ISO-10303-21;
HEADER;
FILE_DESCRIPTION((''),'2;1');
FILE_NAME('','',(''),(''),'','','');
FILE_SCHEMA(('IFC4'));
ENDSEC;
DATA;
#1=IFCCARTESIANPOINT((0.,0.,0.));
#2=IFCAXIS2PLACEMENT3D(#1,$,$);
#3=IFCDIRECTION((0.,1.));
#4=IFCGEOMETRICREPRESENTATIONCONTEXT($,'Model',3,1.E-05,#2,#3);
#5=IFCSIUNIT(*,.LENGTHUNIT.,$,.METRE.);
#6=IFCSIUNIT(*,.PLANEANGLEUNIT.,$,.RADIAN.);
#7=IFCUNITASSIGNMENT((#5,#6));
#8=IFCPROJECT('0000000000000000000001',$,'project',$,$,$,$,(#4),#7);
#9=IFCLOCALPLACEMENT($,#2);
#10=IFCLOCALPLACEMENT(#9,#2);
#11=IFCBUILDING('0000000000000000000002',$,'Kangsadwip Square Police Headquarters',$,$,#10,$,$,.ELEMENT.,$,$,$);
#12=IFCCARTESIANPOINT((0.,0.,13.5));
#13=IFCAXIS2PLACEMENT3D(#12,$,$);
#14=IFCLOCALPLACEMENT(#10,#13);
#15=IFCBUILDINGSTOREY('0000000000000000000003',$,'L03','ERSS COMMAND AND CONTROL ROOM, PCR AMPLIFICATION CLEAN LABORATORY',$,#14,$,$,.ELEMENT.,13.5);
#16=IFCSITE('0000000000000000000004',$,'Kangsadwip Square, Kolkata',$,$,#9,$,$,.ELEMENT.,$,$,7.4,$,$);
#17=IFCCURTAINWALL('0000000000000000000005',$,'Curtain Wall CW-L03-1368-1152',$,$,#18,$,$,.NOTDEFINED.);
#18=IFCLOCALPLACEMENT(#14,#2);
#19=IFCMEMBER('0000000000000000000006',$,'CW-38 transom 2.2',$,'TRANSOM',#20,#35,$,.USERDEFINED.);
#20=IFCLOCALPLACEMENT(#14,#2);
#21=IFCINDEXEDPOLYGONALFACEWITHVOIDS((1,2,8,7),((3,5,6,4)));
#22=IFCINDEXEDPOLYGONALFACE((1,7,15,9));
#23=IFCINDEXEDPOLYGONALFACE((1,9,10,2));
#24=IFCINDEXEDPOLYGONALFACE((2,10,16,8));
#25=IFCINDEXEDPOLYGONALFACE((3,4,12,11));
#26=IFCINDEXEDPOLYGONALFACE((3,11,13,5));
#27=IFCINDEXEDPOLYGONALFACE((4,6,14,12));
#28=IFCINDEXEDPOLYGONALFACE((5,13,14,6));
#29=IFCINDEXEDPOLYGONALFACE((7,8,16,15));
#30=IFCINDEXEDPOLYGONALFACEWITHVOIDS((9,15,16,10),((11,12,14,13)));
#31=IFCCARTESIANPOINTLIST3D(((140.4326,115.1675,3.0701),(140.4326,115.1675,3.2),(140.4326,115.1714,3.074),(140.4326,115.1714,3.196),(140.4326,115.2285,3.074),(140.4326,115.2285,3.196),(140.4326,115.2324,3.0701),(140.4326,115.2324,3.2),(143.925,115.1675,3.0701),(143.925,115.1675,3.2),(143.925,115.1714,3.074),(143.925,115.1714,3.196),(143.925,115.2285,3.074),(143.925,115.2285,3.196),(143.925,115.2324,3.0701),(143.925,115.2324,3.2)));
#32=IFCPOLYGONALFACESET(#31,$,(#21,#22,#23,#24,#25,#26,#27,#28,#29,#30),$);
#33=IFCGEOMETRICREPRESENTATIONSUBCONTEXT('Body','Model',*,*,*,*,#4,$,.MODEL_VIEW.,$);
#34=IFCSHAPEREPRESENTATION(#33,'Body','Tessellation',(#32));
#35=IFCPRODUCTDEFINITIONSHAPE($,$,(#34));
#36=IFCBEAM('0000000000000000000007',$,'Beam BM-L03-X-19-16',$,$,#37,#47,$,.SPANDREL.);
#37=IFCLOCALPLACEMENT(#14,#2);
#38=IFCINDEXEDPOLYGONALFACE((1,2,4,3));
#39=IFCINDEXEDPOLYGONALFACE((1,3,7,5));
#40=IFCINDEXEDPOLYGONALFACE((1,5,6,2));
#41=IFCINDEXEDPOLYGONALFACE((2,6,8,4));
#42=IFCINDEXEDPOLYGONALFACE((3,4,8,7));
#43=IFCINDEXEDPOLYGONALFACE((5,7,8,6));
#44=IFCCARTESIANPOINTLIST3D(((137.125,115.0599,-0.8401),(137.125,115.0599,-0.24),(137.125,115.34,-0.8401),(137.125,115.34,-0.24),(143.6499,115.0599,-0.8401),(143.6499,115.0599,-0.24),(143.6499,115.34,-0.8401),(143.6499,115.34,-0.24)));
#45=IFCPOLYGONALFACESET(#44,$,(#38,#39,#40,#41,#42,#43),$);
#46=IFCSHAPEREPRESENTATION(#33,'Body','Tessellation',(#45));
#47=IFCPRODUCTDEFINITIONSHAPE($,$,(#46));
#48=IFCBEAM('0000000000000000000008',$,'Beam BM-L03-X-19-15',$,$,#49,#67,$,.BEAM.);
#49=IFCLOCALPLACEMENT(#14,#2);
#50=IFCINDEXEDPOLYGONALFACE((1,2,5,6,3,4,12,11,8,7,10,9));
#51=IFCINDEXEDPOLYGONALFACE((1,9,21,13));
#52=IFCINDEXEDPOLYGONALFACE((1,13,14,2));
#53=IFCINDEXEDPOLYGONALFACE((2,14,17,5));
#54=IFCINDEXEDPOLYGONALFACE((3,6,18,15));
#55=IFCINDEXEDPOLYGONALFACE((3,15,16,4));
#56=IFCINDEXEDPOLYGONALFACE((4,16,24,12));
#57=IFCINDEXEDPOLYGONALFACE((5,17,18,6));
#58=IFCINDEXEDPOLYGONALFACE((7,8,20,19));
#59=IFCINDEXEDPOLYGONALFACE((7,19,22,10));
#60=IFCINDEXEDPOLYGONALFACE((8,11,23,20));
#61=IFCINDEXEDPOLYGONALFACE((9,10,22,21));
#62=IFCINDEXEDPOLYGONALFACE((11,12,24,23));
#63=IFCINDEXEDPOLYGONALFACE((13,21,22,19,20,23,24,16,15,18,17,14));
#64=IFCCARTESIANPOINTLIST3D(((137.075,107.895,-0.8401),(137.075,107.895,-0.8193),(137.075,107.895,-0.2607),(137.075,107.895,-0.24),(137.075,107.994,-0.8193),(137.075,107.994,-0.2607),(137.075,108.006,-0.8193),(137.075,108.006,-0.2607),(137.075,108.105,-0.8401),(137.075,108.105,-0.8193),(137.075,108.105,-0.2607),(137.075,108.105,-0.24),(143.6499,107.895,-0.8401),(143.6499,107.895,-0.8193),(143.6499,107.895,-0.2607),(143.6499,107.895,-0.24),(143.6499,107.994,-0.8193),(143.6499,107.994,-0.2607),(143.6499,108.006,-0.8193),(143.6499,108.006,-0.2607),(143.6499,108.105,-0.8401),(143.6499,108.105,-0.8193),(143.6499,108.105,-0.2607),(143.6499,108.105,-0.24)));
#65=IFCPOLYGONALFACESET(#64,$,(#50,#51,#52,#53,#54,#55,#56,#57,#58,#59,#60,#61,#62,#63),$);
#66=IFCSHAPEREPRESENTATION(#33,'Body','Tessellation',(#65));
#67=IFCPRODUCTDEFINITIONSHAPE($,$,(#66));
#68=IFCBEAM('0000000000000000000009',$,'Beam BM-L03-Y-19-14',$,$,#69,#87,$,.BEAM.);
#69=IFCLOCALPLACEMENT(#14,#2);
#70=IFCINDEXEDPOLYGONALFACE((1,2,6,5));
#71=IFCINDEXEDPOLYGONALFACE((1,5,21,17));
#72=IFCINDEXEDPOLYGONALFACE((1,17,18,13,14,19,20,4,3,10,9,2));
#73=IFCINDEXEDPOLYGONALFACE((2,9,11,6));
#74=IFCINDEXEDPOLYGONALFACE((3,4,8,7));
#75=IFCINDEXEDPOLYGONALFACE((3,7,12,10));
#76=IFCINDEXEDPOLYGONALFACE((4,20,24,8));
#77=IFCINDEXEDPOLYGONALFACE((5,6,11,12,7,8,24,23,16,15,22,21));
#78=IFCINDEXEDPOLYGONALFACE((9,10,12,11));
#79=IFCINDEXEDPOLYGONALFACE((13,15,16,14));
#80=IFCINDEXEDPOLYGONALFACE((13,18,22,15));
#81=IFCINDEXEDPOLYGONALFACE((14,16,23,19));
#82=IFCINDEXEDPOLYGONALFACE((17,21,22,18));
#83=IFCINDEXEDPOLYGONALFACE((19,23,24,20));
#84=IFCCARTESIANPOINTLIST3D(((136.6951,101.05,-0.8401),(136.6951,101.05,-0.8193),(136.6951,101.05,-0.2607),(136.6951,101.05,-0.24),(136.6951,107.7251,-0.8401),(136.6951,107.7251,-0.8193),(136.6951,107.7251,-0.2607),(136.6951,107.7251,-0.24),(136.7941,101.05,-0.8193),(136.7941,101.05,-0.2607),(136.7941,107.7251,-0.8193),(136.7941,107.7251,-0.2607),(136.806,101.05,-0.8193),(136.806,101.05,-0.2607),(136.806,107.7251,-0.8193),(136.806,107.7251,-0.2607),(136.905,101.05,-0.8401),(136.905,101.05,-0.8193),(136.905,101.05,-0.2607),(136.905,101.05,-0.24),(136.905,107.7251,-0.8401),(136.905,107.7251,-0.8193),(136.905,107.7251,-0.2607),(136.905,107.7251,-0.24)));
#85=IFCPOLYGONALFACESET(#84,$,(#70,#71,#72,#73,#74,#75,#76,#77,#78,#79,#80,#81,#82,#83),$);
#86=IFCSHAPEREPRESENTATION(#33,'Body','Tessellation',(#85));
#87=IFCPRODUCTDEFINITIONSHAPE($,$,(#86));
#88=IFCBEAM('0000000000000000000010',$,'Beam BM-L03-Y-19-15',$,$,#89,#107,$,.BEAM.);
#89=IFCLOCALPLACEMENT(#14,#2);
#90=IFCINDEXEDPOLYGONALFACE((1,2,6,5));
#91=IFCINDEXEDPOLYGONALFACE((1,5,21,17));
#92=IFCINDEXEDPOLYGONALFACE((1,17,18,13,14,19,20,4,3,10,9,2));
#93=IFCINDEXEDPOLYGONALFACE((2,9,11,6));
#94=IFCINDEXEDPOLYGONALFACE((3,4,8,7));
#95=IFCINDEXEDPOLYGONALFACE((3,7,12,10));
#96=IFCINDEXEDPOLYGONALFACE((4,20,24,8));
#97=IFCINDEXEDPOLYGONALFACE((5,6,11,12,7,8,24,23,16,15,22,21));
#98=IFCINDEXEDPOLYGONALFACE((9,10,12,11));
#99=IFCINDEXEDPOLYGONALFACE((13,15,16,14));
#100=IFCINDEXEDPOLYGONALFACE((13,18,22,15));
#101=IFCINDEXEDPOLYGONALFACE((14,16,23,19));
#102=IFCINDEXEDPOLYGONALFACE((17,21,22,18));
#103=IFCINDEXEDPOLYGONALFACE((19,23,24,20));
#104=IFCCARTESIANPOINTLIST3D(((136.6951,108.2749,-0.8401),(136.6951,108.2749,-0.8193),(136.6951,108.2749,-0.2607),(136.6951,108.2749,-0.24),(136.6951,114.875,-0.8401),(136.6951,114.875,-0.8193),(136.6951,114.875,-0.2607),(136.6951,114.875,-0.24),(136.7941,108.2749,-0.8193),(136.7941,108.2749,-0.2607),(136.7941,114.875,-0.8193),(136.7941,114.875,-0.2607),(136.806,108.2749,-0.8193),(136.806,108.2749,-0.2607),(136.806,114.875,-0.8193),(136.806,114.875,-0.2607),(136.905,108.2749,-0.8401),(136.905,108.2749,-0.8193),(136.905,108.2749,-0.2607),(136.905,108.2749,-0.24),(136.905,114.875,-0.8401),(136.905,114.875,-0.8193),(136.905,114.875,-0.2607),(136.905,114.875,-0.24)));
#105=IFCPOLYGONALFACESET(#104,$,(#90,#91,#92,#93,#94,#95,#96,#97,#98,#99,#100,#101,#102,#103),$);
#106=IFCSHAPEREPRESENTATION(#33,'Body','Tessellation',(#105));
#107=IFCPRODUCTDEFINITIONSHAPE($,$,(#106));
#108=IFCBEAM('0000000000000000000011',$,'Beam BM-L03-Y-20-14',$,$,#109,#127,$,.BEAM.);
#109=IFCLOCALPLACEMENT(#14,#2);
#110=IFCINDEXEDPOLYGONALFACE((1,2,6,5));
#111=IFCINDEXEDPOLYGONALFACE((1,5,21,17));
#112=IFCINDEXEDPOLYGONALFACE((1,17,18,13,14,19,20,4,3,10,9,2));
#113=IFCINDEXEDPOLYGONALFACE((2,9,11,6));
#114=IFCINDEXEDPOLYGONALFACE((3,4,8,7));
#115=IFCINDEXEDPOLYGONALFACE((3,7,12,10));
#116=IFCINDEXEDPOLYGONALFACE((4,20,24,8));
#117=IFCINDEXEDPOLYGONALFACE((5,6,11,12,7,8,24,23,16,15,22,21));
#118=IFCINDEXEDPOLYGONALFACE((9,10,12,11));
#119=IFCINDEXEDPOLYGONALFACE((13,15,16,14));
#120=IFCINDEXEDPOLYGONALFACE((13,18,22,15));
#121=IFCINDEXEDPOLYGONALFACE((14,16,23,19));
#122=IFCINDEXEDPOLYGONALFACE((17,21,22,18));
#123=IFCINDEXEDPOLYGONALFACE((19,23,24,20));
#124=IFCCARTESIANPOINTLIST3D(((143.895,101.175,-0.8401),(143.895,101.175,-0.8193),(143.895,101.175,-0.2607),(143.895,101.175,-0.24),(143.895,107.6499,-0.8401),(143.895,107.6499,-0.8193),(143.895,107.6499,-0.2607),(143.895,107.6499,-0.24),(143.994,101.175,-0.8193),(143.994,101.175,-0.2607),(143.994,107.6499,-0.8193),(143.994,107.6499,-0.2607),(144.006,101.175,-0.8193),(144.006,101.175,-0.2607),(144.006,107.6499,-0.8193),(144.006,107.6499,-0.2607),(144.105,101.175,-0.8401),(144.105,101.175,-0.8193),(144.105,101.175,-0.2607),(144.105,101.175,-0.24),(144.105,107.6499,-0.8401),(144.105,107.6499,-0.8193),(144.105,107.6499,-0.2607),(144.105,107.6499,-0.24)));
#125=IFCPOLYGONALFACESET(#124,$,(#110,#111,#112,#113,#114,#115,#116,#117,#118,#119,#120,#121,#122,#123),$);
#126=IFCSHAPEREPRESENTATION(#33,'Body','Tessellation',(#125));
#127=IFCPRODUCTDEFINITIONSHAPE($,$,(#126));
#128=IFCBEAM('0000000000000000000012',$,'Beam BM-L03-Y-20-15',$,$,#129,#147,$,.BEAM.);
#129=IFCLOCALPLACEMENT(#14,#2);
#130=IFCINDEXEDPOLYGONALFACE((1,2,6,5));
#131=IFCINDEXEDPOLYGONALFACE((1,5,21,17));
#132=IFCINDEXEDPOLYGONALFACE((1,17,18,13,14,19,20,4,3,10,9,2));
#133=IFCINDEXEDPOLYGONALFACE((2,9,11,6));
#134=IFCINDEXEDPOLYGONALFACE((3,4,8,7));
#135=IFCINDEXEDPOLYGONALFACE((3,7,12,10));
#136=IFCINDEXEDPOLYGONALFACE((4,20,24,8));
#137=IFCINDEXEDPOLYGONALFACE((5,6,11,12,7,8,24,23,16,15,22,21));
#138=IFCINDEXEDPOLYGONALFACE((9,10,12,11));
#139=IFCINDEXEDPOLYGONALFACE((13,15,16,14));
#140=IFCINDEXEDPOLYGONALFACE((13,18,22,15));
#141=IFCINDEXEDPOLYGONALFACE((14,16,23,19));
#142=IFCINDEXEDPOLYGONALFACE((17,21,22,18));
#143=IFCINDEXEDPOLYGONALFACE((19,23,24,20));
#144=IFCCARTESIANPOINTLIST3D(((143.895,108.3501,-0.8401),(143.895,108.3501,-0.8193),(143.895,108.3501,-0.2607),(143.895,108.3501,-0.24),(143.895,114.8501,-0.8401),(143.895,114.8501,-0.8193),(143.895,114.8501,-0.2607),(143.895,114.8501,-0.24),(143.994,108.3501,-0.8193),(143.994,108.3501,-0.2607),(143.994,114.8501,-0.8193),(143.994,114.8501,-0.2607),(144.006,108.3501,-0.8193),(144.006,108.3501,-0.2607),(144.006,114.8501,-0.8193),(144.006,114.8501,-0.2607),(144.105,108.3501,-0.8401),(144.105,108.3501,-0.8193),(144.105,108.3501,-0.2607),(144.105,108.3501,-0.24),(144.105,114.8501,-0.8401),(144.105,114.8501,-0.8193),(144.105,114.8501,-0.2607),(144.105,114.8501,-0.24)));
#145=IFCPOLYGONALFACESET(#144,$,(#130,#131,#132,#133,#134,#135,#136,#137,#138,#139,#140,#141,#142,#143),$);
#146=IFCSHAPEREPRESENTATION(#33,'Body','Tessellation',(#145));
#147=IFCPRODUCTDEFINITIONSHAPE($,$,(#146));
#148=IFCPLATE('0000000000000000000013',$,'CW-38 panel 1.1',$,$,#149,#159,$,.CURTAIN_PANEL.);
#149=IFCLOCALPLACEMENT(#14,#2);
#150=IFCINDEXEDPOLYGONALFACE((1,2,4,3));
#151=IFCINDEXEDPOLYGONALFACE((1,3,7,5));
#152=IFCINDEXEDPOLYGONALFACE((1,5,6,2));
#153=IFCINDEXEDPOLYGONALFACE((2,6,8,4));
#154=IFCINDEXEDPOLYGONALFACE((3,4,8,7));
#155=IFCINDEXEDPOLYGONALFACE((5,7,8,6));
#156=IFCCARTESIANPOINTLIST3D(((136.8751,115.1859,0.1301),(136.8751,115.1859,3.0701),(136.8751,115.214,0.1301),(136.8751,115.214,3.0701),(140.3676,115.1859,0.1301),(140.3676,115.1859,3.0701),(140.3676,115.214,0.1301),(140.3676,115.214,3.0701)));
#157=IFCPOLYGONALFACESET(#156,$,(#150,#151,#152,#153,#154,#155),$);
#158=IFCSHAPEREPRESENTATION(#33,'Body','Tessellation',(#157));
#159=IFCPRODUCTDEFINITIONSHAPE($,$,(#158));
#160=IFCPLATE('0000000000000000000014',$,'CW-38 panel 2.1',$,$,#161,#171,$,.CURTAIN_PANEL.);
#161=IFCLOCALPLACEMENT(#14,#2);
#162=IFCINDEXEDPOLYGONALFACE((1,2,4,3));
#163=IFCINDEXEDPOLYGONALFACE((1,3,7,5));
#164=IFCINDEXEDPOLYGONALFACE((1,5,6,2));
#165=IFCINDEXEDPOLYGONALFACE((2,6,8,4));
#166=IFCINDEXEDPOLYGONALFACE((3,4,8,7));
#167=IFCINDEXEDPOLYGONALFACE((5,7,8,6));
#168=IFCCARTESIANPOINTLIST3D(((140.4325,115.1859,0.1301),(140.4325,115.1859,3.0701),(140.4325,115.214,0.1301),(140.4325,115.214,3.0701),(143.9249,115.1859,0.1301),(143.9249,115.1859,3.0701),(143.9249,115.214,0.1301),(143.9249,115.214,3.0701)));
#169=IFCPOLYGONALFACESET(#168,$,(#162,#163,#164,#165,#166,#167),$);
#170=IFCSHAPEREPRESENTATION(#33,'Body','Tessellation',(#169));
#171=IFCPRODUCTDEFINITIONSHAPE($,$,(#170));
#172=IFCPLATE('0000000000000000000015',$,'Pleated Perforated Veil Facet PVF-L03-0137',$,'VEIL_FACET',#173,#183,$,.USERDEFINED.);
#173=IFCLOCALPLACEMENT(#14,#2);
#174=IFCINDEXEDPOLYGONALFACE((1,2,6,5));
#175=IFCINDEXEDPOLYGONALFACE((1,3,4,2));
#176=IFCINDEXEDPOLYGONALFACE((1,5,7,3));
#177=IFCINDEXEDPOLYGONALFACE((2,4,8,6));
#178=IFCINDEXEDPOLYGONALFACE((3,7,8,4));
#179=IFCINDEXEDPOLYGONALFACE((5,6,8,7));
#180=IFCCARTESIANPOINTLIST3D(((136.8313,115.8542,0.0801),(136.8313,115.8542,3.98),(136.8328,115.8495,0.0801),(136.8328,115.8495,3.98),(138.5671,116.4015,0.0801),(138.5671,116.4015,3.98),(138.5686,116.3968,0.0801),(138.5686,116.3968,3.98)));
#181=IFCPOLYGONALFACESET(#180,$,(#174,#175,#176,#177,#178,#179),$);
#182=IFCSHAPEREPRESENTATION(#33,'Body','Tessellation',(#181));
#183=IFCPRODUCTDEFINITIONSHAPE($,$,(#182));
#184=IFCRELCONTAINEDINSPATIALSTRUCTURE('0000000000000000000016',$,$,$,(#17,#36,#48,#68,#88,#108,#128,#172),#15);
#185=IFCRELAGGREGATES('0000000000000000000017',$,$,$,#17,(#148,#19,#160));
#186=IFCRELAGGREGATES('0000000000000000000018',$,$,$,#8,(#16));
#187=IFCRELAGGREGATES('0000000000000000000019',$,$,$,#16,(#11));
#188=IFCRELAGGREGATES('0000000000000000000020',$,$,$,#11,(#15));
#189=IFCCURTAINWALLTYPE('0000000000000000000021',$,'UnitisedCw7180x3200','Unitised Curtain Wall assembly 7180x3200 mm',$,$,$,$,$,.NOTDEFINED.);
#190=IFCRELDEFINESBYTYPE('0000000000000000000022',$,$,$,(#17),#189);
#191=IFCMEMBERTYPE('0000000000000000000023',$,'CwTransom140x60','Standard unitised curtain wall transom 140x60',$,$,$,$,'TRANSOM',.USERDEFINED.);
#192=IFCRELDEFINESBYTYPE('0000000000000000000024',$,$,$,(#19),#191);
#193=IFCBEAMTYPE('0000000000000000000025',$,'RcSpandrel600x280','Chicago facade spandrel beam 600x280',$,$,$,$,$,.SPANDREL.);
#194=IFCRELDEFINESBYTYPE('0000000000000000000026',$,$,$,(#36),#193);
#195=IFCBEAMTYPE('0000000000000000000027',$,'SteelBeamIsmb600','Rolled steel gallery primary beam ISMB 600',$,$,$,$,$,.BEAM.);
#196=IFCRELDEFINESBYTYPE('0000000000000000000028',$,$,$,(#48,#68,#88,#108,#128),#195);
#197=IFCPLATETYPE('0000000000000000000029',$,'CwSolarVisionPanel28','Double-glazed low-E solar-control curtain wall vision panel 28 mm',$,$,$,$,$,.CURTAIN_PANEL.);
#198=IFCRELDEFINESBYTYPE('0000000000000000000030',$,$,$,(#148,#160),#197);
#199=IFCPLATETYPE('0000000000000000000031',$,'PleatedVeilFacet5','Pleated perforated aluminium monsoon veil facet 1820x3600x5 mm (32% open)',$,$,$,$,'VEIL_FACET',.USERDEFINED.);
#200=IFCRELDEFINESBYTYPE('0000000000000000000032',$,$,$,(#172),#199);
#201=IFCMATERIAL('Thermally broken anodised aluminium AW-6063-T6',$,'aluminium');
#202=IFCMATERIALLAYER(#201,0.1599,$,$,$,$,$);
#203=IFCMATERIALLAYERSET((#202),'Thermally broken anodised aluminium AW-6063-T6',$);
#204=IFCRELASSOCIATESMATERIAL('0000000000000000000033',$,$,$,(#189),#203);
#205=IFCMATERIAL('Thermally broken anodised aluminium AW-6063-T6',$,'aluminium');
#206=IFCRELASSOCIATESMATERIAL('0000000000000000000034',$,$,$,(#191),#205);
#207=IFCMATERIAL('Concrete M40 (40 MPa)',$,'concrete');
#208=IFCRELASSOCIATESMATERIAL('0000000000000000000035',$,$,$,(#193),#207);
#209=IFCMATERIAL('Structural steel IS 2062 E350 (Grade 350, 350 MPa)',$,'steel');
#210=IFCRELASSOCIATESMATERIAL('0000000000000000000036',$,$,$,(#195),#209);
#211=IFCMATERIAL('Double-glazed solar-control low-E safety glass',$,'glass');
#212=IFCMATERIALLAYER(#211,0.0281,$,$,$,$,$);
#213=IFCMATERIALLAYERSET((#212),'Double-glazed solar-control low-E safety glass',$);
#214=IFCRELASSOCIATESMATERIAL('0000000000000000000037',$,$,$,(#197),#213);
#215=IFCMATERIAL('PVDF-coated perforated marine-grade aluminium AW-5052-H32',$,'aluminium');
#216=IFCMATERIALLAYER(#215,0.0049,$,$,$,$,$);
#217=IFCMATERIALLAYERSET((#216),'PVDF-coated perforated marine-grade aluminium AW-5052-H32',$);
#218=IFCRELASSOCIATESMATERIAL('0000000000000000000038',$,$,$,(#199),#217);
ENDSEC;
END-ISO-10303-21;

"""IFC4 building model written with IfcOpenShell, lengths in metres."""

from ifc_helpers import new_model, si_unit, direction, frame, origin, origin_2d, place, context, subcontext, project, spatial, rectangle, hollow_rectangle, i_section, extrude, material, layer, layer_set, material_profile, profile_set, type_object, element, aggregate, save


model = new_model("IFC4")

# Units and contexts
model_context = context("Model", 3, precision=1e-05, world=origin(), true_north=direction((0.0, 1.0)))
body_context = subcontext(model_context, "Body", "Model", "MODEL_VIEW")
ifc_project = project(units=[si_unit("LENGTHUNIT", "METRE"), si_unit("PLANEANGLEUNIT", "RADIAN")], contexts=[model_context])

# Site, building, storey
site_placement = place(None, origin())
site = spatial("IfcSite", under=ifc_project, at=site_placement, Name="Kangsadwip Square, Kolkata", CompositionType="ELEMENT", RefElevation=7.4)
building_placement = place(site_placement, origin())
building = spatial("IfcBuilding", under=site, at=building_placement, Name="Kangsadwip Square Police Headquarters", CompositionType="ELEMENT")
storey_placement = place(building_placement, frame((0.0, 0.0, 13.5)))
storey = spatial("IfcBuildingStorey", under=building, at=storey_placement, Name="L03", Description="ERSS COMMAND AND CONTROL ROOM, PCR AMPLIFICATION CLEAN LABORATORY", CompositionType="ELEMENT", Elevation=13.5)

# Shared definitions
ifc_material_1 = material(Name="Thermally broken anodised aluminium AW-6063-T6", Category="aluminium")
ifc_layer_1 = layer(ifc_material_1, 0.1599)
ifc_layer_set_1 = layer_set([ifc_layer_1], Name="Thermally broken anodised aluminium AW-6063-T6")
curtain_wall_type = type_object("IfcCurtainWallType", Name="UnitisedCw7180x3200", Description="Unitised Curtain Wall assembly 7180x3200 mm", PredefinedType="NOTDEFINED", material=ifc_layer_set_1)

# Curtain wall, member
curtain_wall_1_placement = place(storey_placement, origin())
curtain_wall_1 = element("IfcCurtainWall", 1, at=curtain_wall_1_placement, inside=storey, type_object=curtain_wall_type, Name="Curtain Wall CW-L03-1368-1152", PredefinedType="NOTDEFINED")
ifc_material_2 = material(Name="Thermally broken anodised aluminium AW-6063-T6", Category="aluminium")
ifc_material_profile_1 = material_profile(ifc_material_2, hollow_rectangle(XDim=0.0649, YDim=0.1299, WallThickness=0.0039, at=origin_2d()), Name="CWT 130X65X4")
ifc_profile_set_1 = profile_set([ifc_material_profile_1], Name="Thermally broken anodised aluminium AW-6063-T6")
member_type_1 = type_object("IfcMemberType", Name="CwTransom140x60", Description="Standard unitised curtain wall transom 140x60", ElementType="TRANSOM", PredefinedType="USERDEFINED", material=ifc_profile_set_1)
member_1_placement = place(storey_placement, frame((140.4326, 115.2, 3.135), z_axis=(1.0, 0.0, 0.0), x_axis=(0.0, 1.0, 0.0)))
member_1 = element("IfcMember", 2, at=member_1_placement, type_object=member_type_1, Name="CW-38 transom 2.2", ObjectType="TRANSOM", PredefinedType="USERDEFINED", context=body_context, shape_type="SweptSolid", body=[
    extrude(hollow_rectangle(XDim=0.0649, YDim=0.1299, WallThickness=0.0039, at=origin_2d()), origin(), (0.0, 0.0, 1.0), 3.4924),
])

# Beams
ifc_material_3 = material(Name="Concrete M40 (40 MPa)", Category="concrete")
ifc_material_profile_2 = material_profile(ifc_material_3, rectangle(XDim=0.28, YDim=0.6001, at=origin_2d()), Name="RC SPN 600X280")
ifc_profile_set_2 = profile_set([ifc_material_profile_2], Name="Concrete M40 (40 MPa)")
beam_type_1 = type_object("IfcBeamType", Name="RcSpandrel600x280", Description="Chicago facade spandrel beam 600x280", PredefinedType="SPANDREL", material=ifc_profile_set_2)
beam_1_placement = place(storey_placement, frame((137.125, 115.2, -0.54), z_axis=(1.0, 0.0, 0.0), x_axis=(0.0, 1.0, 0.0)))
element("IfcBeam", 3, at=beam_1_placement, inside=storey, type_object=beam_type_1, Name="Beam BM-L03-X-19-16", PredefinedType="SPANDREL", context=body_context, shape_type="SweptSolid", body=[
    extrude(rectangle(XDim=0.28, YDim=0.6001, at=origin_2d()), origin(), (0.0, 0.0, 1.0), 6.5249),
])
ifc_material_4 = material(Name="Structural steel IS 2062 E350 (Grade 350, 350 MPa)", Category="steel")
ifc_material_profile_3 = material_profile(ifc_material_4, i_section(OverallWidth=0.21, OverallDepth=0.6001, WebThickness=0.012, FlangeThickness=0.0208, at=origin_2d()), Name="ISMB 600")
ifc_profile_set_3 = profile_set([ifc_material_profile_3], Name="Structural steel IS 2062 E350 (Grade 350, 350 MPa)")
beam_type_2 = type_object("IfcBeamType", Name="SteelBeamIsmb600", Description="Rolled steel gallery primary beam ISMB 600", PredefinedType="BEAM", material=ifc_profile_set_3)
beam_2_placement = place(storey_placement, frame((137.075, 108.0, -0.54), z_axis=(1.0, 0.0, 0.0), x_axis=(0.0, 1.0, 0.0)))
element("IfcBeam", 4, at=beam_2_placement, inside=storey, type_object=beam_type_2, Name="Beam BM-L03-X-19-15", PredefinedType="BEAM", context=body_context, shape_type="SweptSolid", body=[
    extrude(i_section(OverallWidth=0.21, OverallDepth=0.6001, WebThickness=0.012, FlangeThickness=0.0208, at=origin_2d()), origin(), (0.0, 0.0, 1.0), 6.575),
])
beam_3_placement = place(storey_placement, frame((136.8, 101.05, -0.54), z_axis=(0.0, 1.0, 0.0), x_axis=(-1.0, 0.0, 0.0)))
element("IfcBeam", 5, at=beam_3_placement, inside=storey, type_object=beam_type_2, Name="Beam BM-L03-Y-19-14", PredefinedType="BEAM", context=body_context, shape_type="SweptSolid", body=[
    extrude(i_section(OverallWidth=0.21, OverallDepth=0.6001, WebThickness=0.012, FlangeThickness=0.0208, at=origin_2d()), origin(), (0.0, 0.0, 1.0), 6.675),
])
beam_4_placement = place(storey_placement, frame((136.8, 108.2749, -0.54), z_axis=(0.0, 1.0, 0.0), x_axis=(-1.0, 0.0, 0.0)))
element("IfcBeam", 6, at=beam_4_placement, inside=storey, type_object=beam_type_2, Name="Beam BM-L03-Y-19-15", PredefinedType="BEAM", context=body_context, shape_type="SweptSolid", body=[
    extrude(i_section(OverallWidth=0.21, OverallDepth=0.6001, WebThickness=0.012, FlangeThickness=0.0208, at=origin_2d()), origin(), (0.0, 0.0, 1.0), 6.6001),
])
beam_5_placement = place(storey_placement, frame((144.0, 101.175, -0.54), z_axis=(0.0, 1.0, 0.0), x_axis=(-1.0, 0.0, 0.0)))
element("IfcBeam", 7, at=beam_5_placement, inside=storey, type_object=beam_type_2, Name="Beam BM-L03-Y-20-14", PredefinedType="BEAM", context=body_context, shape_type="SweptSolid", body=[
    extrude(i_section(OverallWidth=0.21, OverallDepth=0.6001, WebThickness=0.012, FlangeThickness=0.0208, at=origin_2d()), origin(), (0.0, 0.0, 1.0), 6.4749),
])
beam_6_placement = place(storey_placement, frame((144.0, 108.3501, -0.54), z_axis=(0.0, 1.0, 0.0), x_axis=(-1.0, 0.0, 0.0)))
element("IfcBeam", 8, at=beam_6_placement, inside=storey, type_object=beam_type_2, Name="Beam BM-L03-Y-20-15", PredefinedType="BEAM", context=body_context, shape_type="SweptSolid", body=[
    extrude(i_section(OverallWidth=0.21, OverallDepth=0.6001, WebThickness=0.012, FlangeThickness=0.0208, at=origin_2d()), origin(), (0.0, 0.0, 1.0), 6.5),
])

# Plates
ifc_material_5 = material(Name="Double-glazed solar-control low-E safety glass", Category="glass")
ifc_layer_2 = layer(ifc_material_5, 0.0281)
ifc_layer_set_2 = layer_set([ifc_layer_2], Name="Double-glazed solar-control low-E safety glass")
plate_type_1 = type_object("IfcPlateType", Name="CwSolarVisionPanel28", Description="Double-glazed low-E solar-control curtain wall vision panel 28 mm", PredefinedType="CURTAIN_PANEL", material=ifc_layer_set_2)
plate_1_placement = place(storey_placement, frame((138.6213, 115.2, 0.1301), z_axis=(0.0, 0.0, 1.0), x_axis=(1.0, 0.0, 0.0)))
plate_1 = element("IfcPlate", 9, at=plate_1_placement, type_object=plate_type_1, Name="CW-38 panel 1.1", PredefinedType="CURTAIN_PANEL", context=body_context, shape_type="SweptSolid", body=[
    extrude(rectangle(XDim=3.4924, YDim=0.0281, at=origin_2d()), origin(), (0.0, 0.0, 1.0), 2.9399),
])
plate_2_placement = place(storey_placement, frame((142.1787, 115.2, 0.1301), z_axis=(0.0, 0.0, 1.0), x_axis=(1.0, 0.0, 0.0)))
plate_2 = element("IfcPlate", 10, at=plate_2_placement, type_object=plate_type_1, Name="CW-38 panel 2.1", PredefinedType="CURTAIN_PANEL", context=body_context, shape_type="SweptSolid", body=[
    extrude(rectangle(XDim=3.4924, YDim=0.0281, at=origin_2d()), origin(), (0.0, 0.0, 1.0), 2.9399),
])
aggregate(curtain_wall_1, [plate_1, member_1, plate_2])

# Plate
ifc_material_6 = material(Name="PVDF-coated perforated marine-grade aluminium AW-5052-H32", Category="aluminium")
ifc_layer_3 = layer(ifc_material_6, 0.0049)
ifc_layer_set_3 = layer_set([ifc_layer_3], Name="PVDF-coated perforated marine-grade aluminium AW-5052-H32")
plate_type_2 = type_object("IfcPlateType", Name="PleatedVeilFacet5", Description="Pleated perforated aluminium monsoon veil facet 1820x3600x5 mm (32% open)", ElementType="VEIL_FACET", PredefinedType="USERDEFINED", material=ifc_layer_set_3)
for number, where, z_axis, x_axis, name in (
    (11, (137.7, 116.1255, 0.0801), (0.0, 0.0, 1.0), (0.953717, 0.300706, 0.0), "Pleated Perforated Veil Facet PVF-L03-0137"),
):
    element("IfcPlate", number, at=place(storey_placement, frame(where, z_axis=z_axis, x_axis=x_axis)), inside=storey, type_object=plate_type_2, Name=name, ObjectType="VEIL_FACET", PredefinedType="USERDEFINED", context=body_context, shape_type="SweptSolid", body=[
        extrude(rectangle(XDim=1.8201, YDim=0.0049, at=origin_2d()), origin(), (0.0, 0.0, 1.0), 3.8999),
    ])

save(model, "model.ifc")
